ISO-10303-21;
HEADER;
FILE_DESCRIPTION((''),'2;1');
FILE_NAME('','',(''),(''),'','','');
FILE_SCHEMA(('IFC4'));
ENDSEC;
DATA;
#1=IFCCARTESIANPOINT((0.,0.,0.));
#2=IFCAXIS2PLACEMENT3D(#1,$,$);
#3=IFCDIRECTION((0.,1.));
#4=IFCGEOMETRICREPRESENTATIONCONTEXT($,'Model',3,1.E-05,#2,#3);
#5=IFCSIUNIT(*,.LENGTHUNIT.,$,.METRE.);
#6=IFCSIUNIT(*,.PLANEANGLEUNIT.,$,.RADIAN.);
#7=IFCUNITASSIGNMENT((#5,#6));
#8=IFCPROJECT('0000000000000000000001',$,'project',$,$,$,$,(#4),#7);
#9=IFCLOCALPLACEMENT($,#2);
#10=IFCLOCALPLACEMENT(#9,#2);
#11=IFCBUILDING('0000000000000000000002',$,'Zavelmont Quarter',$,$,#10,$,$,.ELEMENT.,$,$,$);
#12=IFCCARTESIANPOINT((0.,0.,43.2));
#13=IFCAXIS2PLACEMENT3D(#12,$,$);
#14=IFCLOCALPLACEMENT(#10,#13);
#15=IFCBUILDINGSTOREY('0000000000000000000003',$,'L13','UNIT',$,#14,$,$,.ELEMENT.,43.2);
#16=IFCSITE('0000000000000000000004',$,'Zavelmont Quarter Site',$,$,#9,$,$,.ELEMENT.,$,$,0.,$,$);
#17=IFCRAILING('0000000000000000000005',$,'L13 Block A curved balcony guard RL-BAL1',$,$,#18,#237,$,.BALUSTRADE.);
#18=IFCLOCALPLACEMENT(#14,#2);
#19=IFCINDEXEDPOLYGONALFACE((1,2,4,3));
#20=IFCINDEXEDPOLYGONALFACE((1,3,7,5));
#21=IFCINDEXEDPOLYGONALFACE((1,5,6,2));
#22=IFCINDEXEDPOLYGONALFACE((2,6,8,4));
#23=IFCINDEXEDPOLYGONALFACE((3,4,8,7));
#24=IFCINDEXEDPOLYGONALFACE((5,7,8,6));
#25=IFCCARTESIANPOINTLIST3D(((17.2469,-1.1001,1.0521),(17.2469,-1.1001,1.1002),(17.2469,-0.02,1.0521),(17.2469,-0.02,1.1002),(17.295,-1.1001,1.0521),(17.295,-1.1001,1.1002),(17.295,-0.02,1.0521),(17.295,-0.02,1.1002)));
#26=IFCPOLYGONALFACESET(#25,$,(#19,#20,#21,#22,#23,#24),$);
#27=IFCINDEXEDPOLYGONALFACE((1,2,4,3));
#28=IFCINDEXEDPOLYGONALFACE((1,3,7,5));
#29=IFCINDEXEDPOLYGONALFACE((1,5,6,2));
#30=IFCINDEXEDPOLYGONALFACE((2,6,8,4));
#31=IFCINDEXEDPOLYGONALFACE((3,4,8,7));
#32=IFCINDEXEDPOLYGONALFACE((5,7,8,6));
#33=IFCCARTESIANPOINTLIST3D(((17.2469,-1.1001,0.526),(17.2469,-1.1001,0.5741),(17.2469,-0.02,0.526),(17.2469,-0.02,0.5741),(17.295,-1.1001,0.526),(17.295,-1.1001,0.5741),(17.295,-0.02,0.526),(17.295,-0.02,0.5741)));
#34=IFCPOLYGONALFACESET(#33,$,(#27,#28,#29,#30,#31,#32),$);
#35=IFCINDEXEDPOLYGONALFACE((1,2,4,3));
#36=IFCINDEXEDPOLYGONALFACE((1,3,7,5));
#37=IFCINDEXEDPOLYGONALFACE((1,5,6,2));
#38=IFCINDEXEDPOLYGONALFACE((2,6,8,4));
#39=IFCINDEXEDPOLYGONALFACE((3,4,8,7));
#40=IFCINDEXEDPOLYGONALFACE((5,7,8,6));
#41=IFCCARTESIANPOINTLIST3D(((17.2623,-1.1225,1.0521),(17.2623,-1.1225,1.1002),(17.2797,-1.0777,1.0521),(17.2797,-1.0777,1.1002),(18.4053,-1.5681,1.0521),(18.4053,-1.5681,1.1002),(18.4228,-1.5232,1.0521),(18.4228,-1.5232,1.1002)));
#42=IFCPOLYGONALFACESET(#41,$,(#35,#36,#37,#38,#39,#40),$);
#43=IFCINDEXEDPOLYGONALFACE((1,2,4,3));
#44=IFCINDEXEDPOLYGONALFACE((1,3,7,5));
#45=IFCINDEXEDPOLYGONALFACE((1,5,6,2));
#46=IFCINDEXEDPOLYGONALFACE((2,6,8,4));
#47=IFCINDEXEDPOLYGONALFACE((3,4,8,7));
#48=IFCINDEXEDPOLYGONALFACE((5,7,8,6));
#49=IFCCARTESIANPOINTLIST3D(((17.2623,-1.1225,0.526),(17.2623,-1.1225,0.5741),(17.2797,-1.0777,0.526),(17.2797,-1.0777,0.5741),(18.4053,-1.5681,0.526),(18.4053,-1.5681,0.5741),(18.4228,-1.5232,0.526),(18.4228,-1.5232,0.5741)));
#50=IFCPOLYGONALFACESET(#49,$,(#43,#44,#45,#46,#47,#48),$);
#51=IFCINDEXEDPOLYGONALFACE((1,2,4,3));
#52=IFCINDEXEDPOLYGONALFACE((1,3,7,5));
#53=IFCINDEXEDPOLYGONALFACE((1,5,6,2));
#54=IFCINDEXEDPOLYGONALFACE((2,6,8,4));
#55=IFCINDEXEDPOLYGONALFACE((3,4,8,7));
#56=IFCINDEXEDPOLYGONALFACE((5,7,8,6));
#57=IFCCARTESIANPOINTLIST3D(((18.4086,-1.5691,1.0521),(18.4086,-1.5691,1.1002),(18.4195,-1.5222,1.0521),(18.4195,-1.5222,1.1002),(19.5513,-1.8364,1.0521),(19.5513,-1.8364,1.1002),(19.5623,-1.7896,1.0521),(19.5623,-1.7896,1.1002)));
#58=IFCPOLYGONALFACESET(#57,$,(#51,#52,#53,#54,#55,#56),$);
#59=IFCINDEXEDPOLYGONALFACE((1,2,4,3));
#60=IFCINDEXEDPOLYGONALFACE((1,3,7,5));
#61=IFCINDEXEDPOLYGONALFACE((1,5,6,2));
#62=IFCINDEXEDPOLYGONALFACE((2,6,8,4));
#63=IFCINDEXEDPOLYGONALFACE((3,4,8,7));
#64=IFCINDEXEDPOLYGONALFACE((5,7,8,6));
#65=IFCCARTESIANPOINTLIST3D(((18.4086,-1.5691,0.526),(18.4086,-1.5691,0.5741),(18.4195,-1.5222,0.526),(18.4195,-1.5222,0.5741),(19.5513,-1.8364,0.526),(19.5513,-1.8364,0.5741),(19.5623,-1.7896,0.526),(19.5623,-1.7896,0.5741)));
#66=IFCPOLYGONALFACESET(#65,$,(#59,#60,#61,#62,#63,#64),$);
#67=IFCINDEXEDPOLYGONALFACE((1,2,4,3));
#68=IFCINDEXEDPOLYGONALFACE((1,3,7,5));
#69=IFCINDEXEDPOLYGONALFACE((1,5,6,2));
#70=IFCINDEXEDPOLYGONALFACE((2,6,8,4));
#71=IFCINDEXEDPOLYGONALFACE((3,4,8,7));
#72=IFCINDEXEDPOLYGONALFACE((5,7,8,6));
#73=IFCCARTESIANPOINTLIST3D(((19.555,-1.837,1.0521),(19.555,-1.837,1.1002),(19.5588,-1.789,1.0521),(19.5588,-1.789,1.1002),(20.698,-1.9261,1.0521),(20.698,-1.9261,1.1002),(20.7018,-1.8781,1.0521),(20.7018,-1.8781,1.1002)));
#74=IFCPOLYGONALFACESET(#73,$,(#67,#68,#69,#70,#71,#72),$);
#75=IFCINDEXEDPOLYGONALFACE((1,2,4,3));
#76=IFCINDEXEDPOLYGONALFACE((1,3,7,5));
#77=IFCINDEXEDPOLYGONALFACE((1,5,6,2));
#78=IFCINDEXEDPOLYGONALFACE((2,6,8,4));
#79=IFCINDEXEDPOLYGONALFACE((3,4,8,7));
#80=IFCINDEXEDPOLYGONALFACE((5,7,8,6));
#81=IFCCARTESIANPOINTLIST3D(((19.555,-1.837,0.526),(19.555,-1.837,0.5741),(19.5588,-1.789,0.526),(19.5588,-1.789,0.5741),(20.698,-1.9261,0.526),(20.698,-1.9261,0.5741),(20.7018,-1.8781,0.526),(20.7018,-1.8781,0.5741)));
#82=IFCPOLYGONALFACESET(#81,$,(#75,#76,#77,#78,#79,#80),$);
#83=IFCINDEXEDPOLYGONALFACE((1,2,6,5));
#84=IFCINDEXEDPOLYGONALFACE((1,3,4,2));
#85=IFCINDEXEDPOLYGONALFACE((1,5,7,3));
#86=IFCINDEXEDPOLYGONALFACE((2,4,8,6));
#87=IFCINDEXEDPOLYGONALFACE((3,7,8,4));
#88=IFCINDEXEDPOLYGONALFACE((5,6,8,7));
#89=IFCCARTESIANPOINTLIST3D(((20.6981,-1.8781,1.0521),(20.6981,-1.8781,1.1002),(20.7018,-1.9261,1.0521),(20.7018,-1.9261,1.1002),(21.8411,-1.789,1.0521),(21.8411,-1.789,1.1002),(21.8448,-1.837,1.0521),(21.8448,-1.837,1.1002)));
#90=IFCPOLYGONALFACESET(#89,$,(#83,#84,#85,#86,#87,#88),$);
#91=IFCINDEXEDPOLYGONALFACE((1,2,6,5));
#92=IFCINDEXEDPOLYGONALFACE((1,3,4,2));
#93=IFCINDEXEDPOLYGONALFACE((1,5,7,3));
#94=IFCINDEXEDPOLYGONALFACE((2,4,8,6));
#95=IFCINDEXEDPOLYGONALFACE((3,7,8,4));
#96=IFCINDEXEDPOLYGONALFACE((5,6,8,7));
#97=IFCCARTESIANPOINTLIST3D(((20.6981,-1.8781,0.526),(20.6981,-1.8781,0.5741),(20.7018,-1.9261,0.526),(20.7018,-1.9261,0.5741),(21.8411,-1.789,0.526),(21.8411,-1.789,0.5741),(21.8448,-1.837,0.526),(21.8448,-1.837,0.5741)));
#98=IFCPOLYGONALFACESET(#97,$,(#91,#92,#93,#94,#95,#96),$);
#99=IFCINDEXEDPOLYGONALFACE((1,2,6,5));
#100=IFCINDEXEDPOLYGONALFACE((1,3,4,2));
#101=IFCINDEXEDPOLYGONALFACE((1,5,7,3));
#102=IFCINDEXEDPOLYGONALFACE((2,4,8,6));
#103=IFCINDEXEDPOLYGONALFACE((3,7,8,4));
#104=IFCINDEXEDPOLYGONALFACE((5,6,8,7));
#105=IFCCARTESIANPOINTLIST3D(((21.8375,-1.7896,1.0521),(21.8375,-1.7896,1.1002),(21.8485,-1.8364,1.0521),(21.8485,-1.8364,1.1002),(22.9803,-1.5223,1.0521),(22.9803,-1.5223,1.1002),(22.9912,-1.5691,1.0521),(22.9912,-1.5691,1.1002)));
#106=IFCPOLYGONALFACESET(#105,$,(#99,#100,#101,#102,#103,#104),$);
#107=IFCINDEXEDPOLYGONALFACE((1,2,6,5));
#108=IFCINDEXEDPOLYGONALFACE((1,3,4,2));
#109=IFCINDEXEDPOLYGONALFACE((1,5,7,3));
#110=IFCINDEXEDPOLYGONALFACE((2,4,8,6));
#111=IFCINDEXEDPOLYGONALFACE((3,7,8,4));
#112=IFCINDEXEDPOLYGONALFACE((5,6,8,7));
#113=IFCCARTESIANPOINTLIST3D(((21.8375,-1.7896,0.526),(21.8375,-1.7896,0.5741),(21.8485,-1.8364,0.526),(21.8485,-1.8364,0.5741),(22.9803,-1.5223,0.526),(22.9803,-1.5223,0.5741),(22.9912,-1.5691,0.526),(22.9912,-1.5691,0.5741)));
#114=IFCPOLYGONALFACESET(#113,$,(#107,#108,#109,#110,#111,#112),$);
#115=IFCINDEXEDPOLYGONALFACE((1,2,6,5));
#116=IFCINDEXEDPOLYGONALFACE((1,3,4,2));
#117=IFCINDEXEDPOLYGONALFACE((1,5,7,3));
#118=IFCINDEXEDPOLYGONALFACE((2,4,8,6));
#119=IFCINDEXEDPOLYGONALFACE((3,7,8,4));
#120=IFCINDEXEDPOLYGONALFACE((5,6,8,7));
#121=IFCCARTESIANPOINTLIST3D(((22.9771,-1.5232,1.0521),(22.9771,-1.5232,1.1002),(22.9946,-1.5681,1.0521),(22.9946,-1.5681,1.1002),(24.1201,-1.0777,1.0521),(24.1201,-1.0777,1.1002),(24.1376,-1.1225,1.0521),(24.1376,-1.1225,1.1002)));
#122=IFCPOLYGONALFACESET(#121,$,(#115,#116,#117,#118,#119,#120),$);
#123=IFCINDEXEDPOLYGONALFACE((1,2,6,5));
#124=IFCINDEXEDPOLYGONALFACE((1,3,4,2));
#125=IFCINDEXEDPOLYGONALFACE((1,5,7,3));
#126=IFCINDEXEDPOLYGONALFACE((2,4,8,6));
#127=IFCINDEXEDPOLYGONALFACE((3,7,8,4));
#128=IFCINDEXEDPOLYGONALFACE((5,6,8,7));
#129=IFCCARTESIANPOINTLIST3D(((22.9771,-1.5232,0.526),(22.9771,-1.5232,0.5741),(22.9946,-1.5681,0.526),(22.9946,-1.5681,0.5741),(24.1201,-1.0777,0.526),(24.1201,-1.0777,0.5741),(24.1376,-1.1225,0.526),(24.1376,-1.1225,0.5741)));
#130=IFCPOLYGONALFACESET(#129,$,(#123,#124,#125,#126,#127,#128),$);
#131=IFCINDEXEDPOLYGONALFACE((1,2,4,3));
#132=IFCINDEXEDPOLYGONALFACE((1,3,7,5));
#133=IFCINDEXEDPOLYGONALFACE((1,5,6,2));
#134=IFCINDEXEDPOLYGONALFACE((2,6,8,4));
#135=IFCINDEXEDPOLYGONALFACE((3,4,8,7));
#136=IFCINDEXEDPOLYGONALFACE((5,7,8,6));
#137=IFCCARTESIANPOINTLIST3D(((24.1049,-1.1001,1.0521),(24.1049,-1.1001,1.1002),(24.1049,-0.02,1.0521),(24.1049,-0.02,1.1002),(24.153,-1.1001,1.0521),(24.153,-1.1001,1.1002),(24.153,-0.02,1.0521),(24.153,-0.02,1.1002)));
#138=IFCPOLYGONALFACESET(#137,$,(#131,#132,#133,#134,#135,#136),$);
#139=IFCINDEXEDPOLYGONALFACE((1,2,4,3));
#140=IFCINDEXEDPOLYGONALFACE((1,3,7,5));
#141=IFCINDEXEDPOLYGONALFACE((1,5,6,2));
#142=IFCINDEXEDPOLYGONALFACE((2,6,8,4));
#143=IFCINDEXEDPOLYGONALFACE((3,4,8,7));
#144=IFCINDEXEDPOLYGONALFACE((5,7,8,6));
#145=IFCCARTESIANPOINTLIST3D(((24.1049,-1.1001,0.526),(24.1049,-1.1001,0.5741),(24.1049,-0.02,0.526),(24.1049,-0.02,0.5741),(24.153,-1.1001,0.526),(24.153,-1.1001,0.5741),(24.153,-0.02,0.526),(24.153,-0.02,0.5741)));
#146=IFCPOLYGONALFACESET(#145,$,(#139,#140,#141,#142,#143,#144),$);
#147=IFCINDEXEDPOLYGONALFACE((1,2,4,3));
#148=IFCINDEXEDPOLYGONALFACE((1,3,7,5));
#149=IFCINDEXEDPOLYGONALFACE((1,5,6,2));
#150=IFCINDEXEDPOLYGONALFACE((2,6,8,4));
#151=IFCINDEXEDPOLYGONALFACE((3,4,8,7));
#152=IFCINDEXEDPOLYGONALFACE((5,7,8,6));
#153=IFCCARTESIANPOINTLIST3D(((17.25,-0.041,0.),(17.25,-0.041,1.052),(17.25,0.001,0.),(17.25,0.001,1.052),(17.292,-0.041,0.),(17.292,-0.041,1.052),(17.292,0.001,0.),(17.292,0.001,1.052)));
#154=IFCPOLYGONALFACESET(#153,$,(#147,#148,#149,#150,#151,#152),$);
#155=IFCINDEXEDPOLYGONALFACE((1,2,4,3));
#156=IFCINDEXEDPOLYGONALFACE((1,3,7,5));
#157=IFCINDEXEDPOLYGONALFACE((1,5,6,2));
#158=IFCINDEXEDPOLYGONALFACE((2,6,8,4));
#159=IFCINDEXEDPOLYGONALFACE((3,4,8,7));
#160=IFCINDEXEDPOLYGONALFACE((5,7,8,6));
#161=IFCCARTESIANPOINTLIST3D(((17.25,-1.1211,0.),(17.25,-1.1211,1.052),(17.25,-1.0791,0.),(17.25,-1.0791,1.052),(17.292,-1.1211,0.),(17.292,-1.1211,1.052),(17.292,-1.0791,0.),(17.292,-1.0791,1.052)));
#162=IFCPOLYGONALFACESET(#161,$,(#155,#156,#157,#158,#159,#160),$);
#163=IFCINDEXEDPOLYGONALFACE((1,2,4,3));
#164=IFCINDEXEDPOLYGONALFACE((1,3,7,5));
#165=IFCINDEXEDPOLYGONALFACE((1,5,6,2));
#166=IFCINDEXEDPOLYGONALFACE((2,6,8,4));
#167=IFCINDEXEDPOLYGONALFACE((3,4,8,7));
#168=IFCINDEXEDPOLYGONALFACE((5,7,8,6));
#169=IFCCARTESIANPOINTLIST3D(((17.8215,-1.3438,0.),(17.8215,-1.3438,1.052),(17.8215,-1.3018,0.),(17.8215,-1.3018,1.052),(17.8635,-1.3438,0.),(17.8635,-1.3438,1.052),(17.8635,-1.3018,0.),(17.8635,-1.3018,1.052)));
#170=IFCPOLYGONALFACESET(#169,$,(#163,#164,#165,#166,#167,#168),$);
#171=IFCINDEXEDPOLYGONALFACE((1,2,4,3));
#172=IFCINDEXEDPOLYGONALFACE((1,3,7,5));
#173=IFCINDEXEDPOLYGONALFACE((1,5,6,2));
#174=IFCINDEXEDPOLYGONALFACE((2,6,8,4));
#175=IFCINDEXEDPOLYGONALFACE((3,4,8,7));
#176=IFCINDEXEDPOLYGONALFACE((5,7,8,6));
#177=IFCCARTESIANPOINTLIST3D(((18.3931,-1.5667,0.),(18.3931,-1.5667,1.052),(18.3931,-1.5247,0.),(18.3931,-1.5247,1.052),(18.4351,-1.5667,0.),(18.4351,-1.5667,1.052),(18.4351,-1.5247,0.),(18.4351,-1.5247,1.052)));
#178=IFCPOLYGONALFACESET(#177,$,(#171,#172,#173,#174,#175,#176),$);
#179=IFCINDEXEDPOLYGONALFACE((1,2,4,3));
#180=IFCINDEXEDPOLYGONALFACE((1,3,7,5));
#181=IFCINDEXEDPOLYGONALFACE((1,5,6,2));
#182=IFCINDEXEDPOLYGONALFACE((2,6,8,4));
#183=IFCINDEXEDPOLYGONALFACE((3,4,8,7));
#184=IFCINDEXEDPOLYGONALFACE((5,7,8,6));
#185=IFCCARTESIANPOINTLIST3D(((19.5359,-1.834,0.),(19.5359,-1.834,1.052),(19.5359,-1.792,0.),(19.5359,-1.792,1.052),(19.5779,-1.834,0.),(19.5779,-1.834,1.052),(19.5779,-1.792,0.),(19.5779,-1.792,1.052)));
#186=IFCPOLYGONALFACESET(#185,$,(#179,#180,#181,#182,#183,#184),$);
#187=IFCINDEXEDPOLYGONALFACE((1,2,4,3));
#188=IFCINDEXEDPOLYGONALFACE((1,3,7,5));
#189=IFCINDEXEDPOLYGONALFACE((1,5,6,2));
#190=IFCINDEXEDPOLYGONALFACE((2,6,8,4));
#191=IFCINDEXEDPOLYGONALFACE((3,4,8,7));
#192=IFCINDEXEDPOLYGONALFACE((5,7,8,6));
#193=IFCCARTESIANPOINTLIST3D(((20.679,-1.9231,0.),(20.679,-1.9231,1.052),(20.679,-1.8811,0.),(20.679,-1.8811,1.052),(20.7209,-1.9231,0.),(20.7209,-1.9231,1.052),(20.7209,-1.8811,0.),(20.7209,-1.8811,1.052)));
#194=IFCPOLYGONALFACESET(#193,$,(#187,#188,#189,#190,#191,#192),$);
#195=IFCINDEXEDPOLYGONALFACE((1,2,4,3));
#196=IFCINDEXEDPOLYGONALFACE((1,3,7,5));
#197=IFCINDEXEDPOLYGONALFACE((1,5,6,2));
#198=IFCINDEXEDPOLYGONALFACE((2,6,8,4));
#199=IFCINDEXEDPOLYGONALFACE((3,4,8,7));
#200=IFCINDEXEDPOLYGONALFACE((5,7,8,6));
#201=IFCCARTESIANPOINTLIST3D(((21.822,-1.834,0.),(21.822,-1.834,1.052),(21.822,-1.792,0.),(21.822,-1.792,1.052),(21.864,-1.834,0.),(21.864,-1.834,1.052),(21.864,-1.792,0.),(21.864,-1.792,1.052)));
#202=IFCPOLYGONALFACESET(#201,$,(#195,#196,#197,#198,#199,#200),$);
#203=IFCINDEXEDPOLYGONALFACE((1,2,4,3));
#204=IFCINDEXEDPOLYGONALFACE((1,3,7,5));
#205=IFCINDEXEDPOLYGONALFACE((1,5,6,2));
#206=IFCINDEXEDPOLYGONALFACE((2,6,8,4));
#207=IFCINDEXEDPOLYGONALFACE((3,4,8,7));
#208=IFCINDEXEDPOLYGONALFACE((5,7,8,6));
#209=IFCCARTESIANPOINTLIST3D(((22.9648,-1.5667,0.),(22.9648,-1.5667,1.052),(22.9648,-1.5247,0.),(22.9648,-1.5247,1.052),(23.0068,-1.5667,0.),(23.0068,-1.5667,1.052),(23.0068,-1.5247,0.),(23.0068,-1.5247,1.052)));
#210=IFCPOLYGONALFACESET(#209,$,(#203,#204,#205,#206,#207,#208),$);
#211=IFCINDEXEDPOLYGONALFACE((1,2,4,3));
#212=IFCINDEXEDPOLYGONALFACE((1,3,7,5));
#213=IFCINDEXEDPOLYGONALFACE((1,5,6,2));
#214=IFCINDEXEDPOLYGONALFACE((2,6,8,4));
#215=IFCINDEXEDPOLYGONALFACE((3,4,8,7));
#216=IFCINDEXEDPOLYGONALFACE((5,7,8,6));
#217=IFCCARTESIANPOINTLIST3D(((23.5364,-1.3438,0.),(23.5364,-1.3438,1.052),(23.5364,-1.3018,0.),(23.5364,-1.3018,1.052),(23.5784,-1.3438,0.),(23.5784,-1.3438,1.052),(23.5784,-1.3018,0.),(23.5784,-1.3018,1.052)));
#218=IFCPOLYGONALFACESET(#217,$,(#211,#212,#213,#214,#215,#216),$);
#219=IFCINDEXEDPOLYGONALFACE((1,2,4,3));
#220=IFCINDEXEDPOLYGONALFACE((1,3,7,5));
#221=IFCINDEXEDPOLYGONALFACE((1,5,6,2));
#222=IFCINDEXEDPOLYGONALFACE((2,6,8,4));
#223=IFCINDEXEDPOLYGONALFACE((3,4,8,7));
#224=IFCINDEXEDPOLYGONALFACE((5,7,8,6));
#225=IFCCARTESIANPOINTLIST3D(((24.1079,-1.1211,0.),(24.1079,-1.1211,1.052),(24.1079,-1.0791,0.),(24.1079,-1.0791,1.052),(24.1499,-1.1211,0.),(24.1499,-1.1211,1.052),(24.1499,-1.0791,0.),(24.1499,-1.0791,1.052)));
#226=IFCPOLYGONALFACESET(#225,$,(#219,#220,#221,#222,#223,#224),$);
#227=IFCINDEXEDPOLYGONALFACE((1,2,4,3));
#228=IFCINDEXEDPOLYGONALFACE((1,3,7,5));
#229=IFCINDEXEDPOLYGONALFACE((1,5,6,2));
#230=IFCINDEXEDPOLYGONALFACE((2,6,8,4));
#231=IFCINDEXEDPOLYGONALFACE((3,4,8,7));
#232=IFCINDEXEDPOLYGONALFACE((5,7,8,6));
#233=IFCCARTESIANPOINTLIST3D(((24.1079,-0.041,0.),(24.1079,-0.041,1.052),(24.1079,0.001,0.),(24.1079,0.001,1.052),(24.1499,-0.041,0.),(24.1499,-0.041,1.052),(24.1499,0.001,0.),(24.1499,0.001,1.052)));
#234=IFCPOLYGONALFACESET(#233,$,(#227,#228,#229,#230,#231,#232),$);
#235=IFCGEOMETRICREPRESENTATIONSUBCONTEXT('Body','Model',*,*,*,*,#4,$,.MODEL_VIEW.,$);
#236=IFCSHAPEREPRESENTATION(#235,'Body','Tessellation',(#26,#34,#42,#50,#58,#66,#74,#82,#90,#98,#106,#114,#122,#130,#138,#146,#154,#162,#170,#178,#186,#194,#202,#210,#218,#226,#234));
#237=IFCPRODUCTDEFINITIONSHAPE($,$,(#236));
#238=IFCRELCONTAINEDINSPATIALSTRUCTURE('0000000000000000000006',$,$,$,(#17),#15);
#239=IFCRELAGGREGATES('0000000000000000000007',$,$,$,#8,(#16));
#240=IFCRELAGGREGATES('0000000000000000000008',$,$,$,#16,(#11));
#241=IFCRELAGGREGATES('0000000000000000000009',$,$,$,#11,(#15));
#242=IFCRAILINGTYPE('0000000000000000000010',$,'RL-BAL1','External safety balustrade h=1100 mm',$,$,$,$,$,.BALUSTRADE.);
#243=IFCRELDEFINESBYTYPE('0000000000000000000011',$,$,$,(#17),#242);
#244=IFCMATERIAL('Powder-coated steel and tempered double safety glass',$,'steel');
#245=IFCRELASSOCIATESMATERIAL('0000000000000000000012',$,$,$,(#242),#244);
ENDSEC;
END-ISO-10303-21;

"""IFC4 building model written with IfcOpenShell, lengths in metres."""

from ifc_helpers import new_model, si_unit, direction, frame, origin, origin_2d, place, context, subcontext, project, spatial, rectangle, extrude, material, type_object, element, save


model = new_model("IFC4")

# Units and contexts
model_context = context("Model", 3, precision=1e-05, world=origin(), true_north=direction((0.0, 1.0)))
body_context = subcontext(model_context, "Body", "Model", "MODEL_VIEW")
ifc_project = project(units=[si_unit("LENGTHUNIT", "METRE"), si_unit("PLANEANGLEUNIT", "RADIAN")], contexts=[model_context])

# Site, building, storey
site_placement = place(None, origin())
site = spatial("IfcSite", under=ifc_project, at=site_placement, Name="Zavelmont Quarter Site", CompositionType="ELEMENT", RefElevation=0.0)
building_placement = place(site_placement, origin())
building = spatial("IfcBuilding", under=site, at=building_placement, Name="Zavelmont Quarter", CompositionType="ELEMENT")
storey_placement = place(building_placement, frame((0.0, 0.0, 43.2)))
storey = spatial("IfcBuildingStorey", under=building, at=storey_placement, Name="L13", Description="UNIT", CompositionType="ELEMENT", Elevation=43.2)

# Railing
ifc_material_1 = material(Name="Powder-coated steel and tempered double safety glass", Category="steel")
railing_type = type_object("IfcRailingType", Name="RL-BAL1", Description="External safety balustrade h=1100 mm", PredefinedType="BALUSTRADE", material=ifc_material_1)
railing_placement = place(storey_placement, frame((17.271, -0.02, 0.0)))
element("IfcRailing", 1, at=railing_placement, inside=storey, type_object=railing_type, Name="L13 Block A curved balcony guard RL-BAL1", PredefinedType="BALUSTRADE", context=body_context, shape_type="SweptSolid", body=[
    extrude(rectangle(XDim=0.0481, YDim=0.0481, at=origin_2d()), frame((0.0, 0.0, 1.0762), z_axis=(0.0, -1.0, 0.0), x_axis=(1.0, 0.0, 0.0)), (0.0, 0.0, 1.0), 1.0801),
    extrude(rectangle(XDim=0.0481, YDim=0.0481, at=origin_2d()), frame((0.0, 0.0, 0.55), z_axis=(0.0, -1.0, 0.0), x_axis=(1.0, 0.0, 0.0)), (0.0, 0.0, 1.0), 1.0801),
    extrude(rectangle(XDim=0.0481, YDim=0.0481, at=origin_2d()), frame((0.0, -1.0801, 1.0762), z_axis=(0.931721, -0.363176, 0.0), x_axis=(0.363176, 0.931721, 0.0)), (0.0, 0.0, 1.0), 1.2268),
    extrude(rectangle(XDim=0.0481, YDim=0.0481, at=origin_2d()), frame((0.0, -1.0801, 0.55), z_axis=(0.931721, -0.363176, 0.0), x_axis=(0.363176, 0.931721, 0.0)), (0.0, 0.0, 1.0), 1.2268),
    extrude(rectangle(XDim=0.0481, YDim=0.0481, at=origin_2d()), frame((1.1431, -1.5256, 1.0762), z_axis=(0.973714, -0.227775, 0.0), x_axis=(0.227775, 0.973714, 0.0)), (0.0, 0.0, 1.0), 1.1736),
    extrude(rectangle(XDim=0.0481, YDim=0.0481, at=origin_2d()), frame((1.1431, -1.5256, 0.55), z_axis=(0.973714, -0.227775, 0.0), x_axis=(0.227775, 0.973714, 0.0)), (0.0, 0.0, 1.0), 1.1736),
    extrude(rectangle(XDim=0.0481, YDim=0.0481, at=origin_2d()), frame((2.2859, -1.793, 1.0762), z_axis=(0.996975, -0.077722, 0.0), x_axis=(0.077722, 0.996975, 0.0)), (0.0, 0.0, 1.0), 1.1465),
    extrude(rectangle(XDim=0.0481, YDim=0.0481, at=origin_2d()), frame((2.2859, -1.793, 0.55), z_axis=(0.996975, -0.077722, 0.0), x_axis=(0.077722, 0.996975, 0.0)), (0.0, 0.0, 1.0), 1.1465),
    extrude(rectangle(XDim=0.0481, YDim=0.0481, at=origin_2d()), frame((3.429, -1.8821, 1.0762), z_axis=(0.996975, 0.077722, 0.0), x_axis=(-0.077722, 0.996975, 0.0)), (0.0, 0.0, 1.0), 1.1465),
    extrude(rectangle(XDim=0.0481, YDim=0.0481, at=origin_2d()), frame((3.429, -1.8821, 0.55), z_axis=(0.996975, 0.077722, 0.0), x_axis=(-0.077722, 0.996975, 0.0)), (0.0, 0.0, 1.0), 1.1465),
    extrude(rectangle(XDim=0.0481, YDim=0.0481, at=origin_2d()), frame((4.572, -1.793, 1.0762), z_axis=(0.973714, 0.227775, 0.0), x_axis=(-0.227775, 0.973714, 0.0)), (0.0, 0.0, 1.0), 1.1736),
    extrude(rectangle(XDim=0.0481, YDim=0.0481, at=origin_2d()), frame((4.572, -1.793, 0.55), z_axis=(0.973714, 0.227775, 0.0), x_axis=(-0.227775, 0.973714, 0.0)), (0.0, 0.0, 1.0), 1.1736),
    extrude(rectangle(XDim=0.0481, YDim=0.0481, at=origin_2d()), frame((5.7148, -1.5256, 1.0762), z_axis=(0.931721, 0.363176, 0.0), x_axis=(-0.363176, 0.931721, 0.0)), (0.0, 0.0, 1.0), 1.2268),
    extrude(rectangle(XDim=0.0481, YDim=0.0481, at=origin_2d()), frame((5.7148, -1.5256, 0.55), z_axis=(0.931721, 0.363176, 0.0), x_axis=(-0.363176, 0.931721, 0.0)), (0.0, 0.0, 1.0), 1.2268),
    extrude(rectangle(XDim=0.0481, YDim=0.0481, at=origin_2d()), frame((6.8579, -1.0801, 1.0762), z_axis=(0.0, 1.0, 0.0), x_axis=(-1.0, 0.0, 0.0)), (0.0, 0.0, 1.0), 1.0801),
    extrude(rectangle(XDim=0.0481, YDim=0.0481, at=origin_2d()), frame((6.8579, -1.0801, 0.55), z_axis=(0.0, 1.0, 0.0), x_axis=(-1.0, 0.0, 0.0)), (0.0, 0.0, 1.0), 1.0801),
    extrude(rectangle(XDim=0.042, YDim=0.042, at=origin_2d()), origin(), (0.0, 0.0, 1.0), 1.052),
    extrude(rectangle(XDim=0.042, YDim=0.042, at=origin_2d()), frame((0.0, -1.0801, 0.0)), (0.0, 0.0, 1.0), 1.052),
    extrude(rectangle(XDim=0.042, YDim=0.042, at=origin_2d()), frame((0.5715, -1.3027, 0.0)), (0.0, 0.0, 1.0), 1.052),
    extrude(rectangle(XDim=0.042, YDim=0.042, at=origin_2d()), frame((1.1431, -1.5256, 0.0)), (0.0, 0.0, 1.0), 1.052),
    extrude(rectangle(XDim=0.042, YDim=0.042, at=origin_2d()), frame((2.2859, -1.793, 0.0)), (0.0, 0.0, 1.0), 1.052),
    extrude(rectangle(XDim=0.042, YDim=0.042, at=origin_2d()), frame((3.429, -1.8821, 0.0)), (0.0, 0.0, 1.0), 1.052),
    extrude(rectangle(XDim=0.042, YDim=0.042, at=origin_2d()), frame((4.572, -1.793, 0.0)), (0.0, 0.0, 1.0), 1.052),
    extrude(rectangle(XDim=0.042, YDim=0.042, at=origin_2d()), frame((5.7148, -1.5256, 0.0)), (0.0, 0.0, 1.0), 1.052),
    extrude(rectangle(XDim=0.042, YDim=0.042, at=origin_2d()), frame((6.2864, -1.3027, 0.0)), (0.0, 0.0, 1.0), 1.052),
    extrude(rectangle(XDim=0.042, YDim=0.042, at=origin_2d()), frame((6.8579, -1.0801, 0.0)), (0.0, 0.0, 1.0), 1.052),
    extrude(rectangle(XDim=0.042, YDim=0.042, at=origin_2d()), frame((6.8579, 0.0, 0.0)), (0.0, 0.0, 1.0), 1.052),
])

save(model, "model.ifc")
